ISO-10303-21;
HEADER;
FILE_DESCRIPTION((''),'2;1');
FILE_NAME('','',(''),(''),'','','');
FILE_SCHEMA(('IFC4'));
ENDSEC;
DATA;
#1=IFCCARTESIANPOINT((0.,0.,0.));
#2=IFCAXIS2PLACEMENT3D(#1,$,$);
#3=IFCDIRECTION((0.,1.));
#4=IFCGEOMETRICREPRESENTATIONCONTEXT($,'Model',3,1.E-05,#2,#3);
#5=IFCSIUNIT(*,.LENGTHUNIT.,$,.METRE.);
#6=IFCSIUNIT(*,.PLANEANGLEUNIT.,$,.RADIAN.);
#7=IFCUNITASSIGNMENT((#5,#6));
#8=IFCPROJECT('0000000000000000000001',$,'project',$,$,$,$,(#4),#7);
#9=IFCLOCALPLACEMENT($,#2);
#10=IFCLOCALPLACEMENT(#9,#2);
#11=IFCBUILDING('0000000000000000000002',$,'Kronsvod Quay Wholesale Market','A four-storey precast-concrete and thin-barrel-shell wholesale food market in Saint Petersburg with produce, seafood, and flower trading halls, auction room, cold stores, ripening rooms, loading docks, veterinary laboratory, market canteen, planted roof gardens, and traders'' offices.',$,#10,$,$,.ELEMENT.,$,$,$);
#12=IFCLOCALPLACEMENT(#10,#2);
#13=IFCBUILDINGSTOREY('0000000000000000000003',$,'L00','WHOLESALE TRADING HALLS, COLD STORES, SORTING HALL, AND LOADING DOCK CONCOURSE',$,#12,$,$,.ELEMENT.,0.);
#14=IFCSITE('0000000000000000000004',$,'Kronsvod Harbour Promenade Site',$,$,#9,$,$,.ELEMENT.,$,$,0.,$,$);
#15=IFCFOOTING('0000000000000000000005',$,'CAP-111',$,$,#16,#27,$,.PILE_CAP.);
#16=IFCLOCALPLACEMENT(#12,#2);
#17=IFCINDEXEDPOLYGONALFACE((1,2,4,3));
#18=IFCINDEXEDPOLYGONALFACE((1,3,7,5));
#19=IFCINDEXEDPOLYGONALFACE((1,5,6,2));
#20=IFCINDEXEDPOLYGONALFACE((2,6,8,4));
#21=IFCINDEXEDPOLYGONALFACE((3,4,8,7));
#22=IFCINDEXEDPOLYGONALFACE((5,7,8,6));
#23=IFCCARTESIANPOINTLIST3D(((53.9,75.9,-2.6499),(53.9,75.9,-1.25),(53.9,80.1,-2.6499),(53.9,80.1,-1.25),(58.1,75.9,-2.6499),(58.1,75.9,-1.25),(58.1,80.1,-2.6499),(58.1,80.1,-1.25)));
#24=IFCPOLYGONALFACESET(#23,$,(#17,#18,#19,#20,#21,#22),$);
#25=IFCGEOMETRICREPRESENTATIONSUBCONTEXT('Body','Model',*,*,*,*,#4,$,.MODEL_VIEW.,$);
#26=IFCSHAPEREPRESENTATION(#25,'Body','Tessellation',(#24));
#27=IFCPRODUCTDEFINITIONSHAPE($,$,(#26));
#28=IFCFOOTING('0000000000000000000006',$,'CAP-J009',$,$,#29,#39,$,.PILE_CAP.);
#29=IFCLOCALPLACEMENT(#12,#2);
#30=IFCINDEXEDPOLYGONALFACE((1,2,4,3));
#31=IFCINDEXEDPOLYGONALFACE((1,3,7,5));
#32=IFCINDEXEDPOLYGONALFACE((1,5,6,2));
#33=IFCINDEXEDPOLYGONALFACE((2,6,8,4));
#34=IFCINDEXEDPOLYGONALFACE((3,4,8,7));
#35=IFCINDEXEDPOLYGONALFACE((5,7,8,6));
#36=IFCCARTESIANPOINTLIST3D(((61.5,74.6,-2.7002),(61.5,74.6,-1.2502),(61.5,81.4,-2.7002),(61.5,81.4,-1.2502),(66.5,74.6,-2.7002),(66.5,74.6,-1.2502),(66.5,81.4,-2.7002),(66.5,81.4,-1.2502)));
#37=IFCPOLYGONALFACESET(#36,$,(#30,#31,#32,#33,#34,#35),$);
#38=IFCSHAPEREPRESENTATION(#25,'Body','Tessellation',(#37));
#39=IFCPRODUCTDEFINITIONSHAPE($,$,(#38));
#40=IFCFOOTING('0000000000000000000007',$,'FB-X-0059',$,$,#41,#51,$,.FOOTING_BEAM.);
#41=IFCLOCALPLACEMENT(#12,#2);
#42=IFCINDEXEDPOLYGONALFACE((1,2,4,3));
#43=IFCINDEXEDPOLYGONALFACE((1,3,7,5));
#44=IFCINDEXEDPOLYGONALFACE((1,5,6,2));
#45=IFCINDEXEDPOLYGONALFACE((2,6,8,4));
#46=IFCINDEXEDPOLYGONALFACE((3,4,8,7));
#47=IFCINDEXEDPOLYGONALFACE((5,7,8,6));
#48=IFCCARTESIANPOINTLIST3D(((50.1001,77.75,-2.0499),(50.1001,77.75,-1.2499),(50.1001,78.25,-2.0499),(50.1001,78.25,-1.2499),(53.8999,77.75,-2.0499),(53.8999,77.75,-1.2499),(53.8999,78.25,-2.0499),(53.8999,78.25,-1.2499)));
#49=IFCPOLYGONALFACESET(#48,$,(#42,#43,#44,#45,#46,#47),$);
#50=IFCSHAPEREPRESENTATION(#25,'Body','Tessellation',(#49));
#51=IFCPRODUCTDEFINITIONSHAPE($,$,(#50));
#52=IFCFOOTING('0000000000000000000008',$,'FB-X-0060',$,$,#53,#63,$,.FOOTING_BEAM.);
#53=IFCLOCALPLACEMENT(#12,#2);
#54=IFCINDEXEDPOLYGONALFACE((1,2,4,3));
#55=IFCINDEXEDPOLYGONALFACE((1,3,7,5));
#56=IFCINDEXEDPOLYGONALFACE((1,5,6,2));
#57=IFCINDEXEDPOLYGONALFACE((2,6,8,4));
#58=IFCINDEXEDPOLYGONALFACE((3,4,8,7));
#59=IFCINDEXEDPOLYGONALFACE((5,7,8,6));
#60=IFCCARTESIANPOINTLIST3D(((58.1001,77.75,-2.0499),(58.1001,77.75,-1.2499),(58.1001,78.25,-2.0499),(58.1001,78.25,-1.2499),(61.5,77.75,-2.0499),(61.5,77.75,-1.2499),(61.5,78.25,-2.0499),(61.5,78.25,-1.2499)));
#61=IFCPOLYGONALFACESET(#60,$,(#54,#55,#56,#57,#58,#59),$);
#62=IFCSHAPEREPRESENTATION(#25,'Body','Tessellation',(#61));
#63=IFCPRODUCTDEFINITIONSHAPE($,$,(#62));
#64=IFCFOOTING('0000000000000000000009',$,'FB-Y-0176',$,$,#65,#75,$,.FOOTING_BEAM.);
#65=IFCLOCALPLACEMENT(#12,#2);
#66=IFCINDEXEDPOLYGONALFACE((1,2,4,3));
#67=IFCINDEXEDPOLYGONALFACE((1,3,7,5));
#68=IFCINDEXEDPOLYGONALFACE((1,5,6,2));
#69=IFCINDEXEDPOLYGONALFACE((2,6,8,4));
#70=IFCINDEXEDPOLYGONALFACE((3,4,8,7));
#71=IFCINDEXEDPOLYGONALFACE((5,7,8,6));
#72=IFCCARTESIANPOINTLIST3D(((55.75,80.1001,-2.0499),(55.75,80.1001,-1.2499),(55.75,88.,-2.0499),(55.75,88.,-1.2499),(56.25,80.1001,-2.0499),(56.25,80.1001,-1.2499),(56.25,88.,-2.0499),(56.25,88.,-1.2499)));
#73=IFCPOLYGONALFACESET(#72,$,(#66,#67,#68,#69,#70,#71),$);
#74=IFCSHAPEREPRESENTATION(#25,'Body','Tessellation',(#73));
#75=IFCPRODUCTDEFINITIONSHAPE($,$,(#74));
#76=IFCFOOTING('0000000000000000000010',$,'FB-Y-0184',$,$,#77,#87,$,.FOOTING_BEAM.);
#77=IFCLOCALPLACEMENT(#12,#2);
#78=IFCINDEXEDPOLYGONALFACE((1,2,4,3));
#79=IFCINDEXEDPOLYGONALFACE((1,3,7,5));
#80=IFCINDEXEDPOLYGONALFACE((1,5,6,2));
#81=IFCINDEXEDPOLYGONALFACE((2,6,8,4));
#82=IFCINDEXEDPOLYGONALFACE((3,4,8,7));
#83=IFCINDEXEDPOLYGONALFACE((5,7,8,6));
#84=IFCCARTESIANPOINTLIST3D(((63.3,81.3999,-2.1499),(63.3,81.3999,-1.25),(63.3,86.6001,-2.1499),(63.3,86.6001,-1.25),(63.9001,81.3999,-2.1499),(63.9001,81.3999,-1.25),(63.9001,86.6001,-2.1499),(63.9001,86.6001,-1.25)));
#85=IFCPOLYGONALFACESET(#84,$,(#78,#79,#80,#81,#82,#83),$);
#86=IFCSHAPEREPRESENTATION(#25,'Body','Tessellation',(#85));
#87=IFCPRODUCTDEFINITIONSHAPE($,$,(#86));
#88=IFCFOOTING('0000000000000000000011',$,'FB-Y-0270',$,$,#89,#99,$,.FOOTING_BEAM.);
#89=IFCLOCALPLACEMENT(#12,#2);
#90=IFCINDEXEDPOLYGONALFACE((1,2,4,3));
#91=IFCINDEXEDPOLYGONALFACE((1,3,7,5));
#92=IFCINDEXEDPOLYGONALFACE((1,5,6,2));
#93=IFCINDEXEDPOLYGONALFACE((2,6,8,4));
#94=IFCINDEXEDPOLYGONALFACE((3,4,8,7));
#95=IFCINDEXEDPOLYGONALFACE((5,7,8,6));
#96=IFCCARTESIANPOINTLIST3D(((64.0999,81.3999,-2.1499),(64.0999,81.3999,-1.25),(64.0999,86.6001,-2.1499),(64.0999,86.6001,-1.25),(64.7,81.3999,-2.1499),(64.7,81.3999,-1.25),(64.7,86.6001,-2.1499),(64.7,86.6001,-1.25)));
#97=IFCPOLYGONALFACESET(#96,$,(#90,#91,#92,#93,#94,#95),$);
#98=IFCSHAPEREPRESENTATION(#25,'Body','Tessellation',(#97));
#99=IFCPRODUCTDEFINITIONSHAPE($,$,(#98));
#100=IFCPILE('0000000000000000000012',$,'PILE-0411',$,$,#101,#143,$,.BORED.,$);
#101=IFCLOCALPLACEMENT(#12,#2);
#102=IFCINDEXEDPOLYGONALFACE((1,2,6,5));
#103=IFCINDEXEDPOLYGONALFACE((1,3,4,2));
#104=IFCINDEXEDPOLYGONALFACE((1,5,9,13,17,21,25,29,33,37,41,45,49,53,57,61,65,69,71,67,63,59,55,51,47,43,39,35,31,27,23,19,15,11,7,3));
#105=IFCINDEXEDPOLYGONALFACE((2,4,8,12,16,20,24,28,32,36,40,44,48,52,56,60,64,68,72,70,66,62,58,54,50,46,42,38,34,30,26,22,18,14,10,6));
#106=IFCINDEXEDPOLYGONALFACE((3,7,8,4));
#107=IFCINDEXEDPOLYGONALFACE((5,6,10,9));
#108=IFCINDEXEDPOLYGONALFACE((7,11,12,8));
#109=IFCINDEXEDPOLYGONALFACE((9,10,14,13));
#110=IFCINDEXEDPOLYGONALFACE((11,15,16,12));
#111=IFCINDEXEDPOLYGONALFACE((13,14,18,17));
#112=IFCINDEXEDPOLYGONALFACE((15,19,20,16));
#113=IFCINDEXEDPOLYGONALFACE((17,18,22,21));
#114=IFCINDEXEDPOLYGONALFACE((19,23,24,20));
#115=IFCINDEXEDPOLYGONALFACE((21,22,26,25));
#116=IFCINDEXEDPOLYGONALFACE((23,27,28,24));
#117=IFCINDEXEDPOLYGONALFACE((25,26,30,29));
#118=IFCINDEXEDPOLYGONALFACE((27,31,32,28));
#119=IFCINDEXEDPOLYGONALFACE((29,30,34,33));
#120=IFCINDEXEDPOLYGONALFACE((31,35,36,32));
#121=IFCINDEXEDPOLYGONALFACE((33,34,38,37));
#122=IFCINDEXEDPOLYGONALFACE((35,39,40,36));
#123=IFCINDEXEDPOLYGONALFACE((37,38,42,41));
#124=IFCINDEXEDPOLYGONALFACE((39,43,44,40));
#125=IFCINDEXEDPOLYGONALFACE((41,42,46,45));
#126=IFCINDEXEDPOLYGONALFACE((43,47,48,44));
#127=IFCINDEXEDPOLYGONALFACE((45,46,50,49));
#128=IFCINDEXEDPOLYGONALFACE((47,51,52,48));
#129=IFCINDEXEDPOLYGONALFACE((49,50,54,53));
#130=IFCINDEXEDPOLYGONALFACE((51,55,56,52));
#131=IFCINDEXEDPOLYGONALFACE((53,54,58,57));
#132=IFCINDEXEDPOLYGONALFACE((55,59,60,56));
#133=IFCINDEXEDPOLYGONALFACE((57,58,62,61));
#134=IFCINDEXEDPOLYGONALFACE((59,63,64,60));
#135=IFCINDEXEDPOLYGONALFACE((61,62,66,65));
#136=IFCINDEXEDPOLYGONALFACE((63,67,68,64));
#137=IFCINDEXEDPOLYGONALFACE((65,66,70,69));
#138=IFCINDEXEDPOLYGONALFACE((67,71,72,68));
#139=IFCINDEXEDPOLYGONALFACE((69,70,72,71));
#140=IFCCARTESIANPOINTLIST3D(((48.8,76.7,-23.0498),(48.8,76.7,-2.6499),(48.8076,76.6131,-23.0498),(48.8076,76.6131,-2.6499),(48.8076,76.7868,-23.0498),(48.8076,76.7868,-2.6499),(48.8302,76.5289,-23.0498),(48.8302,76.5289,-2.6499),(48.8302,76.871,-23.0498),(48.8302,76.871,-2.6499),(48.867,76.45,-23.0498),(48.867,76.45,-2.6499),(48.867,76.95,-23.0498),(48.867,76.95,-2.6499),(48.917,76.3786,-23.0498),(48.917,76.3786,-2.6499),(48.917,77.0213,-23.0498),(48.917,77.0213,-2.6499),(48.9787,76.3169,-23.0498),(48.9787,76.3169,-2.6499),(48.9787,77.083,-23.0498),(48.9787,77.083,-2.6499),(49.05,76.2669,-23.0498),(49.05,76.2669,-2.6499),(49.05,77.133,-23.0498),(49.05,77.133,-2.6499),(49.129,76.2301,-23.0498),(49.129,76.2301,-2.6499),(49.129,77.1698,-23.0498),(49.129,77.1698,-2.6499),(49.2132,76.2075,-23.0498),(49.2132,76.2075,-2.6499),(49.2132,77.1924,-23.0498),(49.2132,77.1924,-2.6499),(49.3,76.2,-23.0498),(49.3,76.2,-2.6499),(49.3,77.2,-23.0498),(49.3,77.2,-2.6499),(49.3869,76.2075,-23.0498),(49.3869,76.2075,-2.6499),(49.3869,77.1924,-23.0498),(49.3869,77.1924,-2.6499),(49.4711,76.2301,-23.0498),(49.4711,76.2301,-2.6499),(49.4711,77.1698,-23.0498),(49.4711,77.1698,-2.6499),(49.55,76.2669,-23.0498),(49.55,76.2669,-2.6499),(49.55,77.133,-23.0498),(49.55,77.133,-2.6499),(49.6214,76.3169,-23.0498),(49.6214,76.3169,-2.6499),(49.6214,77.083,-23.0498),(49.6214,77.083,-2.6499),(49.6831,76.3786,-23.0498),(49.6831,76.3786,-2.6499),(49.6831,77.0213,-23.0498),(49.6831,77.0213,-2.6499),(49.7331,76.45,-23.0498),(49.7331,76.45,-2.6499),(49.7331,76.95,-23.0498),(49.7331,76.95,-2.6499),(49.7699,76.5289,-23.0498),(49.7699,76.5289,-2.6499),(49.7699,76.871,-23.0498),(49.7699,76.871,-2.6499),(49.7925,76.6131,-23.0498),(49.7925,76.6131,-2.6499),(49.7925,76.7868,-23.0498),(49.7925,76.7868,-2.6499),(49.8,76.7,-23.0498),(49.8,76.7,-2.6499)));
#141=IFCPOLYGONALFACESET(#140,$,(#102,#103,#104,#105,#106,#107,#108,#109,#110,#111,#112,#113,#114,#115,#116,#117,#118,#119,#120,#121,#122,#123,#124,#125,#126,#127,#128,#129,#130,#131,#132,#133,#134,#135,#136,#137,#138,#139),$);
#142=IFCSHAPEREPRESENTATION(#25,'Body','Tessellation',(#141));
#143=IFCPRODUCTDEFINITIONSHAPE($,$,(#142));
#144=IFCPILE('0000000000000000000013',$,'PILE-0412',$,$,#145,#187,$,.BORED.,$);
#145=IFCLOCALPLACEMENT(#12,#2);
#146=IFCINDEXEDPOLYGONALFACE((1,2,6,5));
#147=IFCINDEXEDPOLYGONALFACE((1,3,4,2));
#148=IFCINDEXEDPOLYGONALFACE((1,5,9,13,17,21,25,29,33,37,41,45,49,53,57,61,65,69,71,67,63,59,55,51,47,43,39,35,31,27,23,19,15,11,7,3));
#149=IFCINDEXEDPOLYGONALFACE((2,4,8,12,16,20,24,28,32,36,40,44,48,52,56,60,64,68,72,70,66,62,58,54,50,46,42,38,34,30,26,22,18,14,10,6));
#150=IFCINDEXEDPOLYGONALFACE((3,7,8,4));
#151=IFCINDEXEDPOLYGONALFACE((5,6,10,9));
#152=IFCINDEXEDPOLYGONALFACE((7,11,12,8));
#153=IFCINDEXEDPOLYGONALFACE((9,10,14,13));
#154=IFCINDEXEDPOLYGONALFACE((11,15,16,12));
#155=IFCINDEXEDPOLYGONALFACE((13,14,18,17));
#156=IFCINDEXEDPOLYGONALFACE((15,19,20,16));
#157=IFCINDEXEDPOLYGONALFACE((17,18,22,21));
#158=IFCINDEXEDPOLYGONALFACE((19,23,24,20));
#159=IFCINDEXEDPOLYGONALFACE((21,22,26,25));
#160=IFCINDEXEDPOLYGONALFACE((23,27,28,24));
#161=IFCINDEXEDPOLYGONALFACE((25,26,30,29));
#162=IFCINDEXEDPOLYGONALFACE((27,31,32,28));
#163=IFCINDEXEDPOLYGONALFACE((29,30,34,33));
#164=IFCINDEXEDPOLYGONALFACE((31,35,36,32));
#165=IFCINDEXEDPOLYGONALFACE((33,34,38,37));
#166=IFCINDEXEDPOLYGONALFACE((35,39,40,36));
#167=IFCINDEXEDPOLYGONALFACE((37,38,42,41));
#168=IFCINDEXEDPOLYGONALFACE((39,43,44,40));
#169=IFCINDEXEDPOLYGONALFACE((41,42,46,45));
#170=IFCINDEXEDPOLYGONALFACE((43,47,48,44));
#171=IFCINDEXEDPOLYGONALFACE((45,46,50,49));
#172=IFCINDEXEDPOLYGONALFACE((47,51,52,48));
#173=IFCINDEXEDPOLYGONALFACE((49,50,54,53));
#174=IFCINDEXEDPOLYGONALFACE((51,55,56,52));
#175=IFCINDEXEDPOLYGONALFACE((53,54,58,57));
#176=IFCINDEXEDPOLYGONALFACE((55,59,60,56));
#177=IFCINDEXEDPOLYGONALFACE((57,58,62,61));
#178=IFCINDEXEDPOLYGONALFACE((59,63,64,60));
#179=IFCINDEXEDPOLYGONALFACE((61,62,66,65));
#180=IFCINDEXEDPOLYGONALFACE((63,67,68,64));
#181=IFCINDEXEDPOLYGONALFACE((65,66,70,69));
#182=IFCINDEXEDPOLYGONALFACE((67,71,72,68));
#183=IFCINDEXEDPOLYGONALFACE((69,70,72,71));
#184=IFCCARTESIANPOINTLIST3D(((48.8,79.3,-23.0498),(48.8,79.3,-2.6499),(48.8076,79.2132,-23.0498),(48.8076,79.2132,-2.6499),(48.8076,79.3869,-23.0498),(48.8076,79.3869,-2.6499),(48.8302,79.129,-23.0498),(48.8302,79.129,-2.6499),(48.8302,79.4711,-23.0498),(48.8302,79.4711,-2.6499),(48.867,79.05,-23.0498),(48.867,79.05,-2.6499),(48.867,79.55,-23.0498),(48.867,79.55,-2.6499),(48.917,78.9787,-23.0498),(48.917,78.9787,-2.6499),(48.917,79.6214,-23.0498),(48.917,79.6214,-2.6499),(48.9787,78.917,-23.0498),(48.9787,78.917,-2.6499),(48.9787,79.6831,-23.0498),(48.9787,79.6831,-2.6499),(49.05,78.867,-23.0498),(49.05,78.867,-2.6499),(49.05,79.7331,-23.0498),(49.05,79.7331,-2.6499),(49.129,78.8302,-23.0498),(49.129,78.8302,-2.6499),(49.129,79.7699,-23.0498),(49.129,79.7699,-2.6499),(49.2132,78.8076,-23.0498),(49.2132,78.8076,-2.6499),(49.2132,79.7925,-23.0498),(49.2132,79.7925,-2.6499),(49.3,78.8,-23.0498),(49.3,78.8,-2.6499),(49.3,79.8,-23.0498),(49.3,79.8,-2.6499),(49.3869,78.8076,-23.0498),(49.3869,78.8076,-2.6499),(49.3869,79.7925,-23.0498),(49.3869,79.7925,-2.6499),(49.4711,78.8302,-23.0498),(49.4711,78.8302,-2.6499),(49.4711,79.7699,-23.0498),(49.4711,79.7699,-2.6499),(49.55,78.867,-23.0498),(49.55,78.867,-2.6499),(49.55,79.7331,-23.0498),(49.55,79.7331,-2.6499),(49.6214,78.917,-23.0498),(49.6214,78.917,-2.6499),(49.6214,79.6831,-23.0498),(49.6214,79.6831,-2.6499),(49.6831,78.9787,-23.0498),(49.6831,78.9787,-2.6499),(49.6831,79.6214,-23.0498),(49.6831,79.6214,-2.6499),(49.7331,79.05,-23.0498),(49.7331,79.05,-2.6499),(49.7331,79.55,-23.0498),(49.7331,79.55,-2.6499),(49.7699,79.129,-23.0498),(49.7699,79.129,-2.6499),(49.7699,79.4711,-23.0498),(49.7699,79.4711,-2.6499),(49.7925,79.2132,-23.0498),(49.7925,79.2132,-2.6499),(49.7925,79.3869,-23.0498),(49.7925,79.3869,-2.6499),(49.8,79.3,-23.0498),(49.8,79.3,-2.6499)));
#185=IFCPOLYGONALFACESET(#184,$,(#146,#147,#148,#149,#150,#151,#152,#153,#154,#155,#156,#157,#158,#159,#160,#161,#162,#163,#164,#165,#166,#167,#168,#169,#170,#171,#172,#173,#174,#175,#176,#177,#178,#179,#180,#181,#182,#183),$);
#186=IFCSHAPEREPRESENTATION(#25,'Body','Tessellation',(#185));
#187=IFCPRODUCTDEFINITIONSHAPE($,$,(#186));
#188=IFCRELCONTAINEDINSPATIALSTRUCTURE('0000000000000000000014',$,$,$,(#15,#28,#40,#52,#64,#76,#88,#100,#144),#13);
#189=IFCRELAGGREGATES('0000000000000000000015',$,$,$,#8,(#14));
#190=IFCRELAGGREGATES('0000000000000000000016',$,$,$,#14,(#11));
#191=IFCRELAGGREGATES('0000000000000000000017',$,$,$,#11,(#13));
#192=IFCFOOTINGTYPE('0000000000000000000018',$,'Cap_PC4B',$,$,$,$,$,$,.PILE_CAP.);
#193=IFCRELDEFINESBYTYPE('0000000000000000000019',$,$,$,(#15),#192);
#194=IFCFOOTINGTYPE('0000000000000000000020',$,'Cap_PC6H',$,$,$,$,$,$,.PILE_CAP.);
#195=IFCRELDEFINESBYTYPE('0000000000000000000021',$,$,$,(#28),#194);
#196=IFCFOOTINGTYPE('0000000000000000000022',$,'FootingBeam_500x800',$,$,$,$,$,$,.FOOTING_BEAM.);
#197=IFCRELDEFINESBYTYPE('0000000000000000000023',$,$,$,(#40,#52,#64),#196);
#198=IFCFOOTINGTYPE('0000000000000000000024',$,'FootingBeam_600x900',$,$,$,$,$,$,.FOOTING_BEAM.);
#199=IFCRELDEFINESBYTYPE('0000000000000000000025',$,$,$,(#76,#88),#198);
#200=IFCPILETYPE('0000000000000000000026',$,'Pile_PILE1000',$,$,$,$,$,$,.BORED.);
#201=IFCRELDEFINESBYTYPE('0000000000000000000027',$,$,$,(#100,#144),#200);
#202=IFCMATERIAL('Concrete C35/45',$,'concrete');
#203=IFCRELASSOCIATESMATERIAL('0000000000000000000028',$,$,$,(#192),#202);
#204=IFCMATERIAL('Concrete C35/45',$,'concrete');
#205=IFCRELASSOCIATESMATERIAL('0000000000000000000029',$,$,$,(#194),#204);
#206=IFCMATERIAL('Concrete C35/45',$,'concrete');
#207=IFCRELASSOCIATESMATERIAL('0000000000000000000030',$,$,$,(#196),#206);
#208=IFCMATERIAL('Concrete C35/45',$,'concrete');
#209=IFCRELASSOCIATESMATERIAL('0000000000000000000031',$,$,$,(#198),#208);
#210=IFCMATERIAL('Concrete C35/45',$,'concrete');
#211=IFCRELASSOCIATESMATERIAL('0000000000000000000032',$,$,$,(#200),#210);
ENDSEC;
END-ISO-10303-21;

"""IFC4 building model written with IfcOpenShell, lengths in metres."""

from ifc_helpers import new_model, si_unit, direction, frame, origin, origin_2d, place, context, subcontext, project, spatial, rectangle, circle, extrude, material, material_profile, profile_set, type_object, element, save


model = new_model("IFC4")

# Units and contexts
model_context = context("Model", 3, precision=1e-05, world=origin(), true_north=direction((0.0, 1.0)))
body_context = subcontext(model_context, "Body", "Model", "MODEL_VIEW")
ifc_project = project(units=[si_unit("LENGTHUNIT", "METRE"), si_unit("PLANEANGLEUNIT", "RADIAN")], contexts=[model_context])

# Site, building, storey
site_placement = place(None, origin())
site = spatial("IfcSite", under=ifc_project, at=site_placement, Name="Kronsvod Harbour Promenade Site", CompositionType="ELEMENT", RefElevation=0.0)
building_placement = place(site_placement, origin())
building = spatial("IfcBuilding", under=site, at=building_placement, Name="Kronsvod Quay Wholesale Market", Description="A four-storey precast-concrete and thin-barrel-shell wholesale food market in Saint Petersburg with produce, seafood, and flower trading halls, auction room, cold stores, ripening rooms, loading docks, veterinary laboratory, market canteen, planted roof gardens, and traders' offices.", CompositionType="ELEMENT")
storey_placement = place(building_placement, origin())
storey = spatial("IfcBuildingStorey", under=building, at=storey_placement, Name="L00", Description="WHOLESALE TRADING HALLS, COLD STORES, SORTING HALL, AND LOADING DOCK CONCOURSE", CompositionType="ELEMENT", Elevation=0.0)

# Footings
ifc_material_1 = material(Name="Concrete C35/45", Category="concrete")
footing_type_1 = type_object("IfcFootingType", Name="Cap_PC4B", PredefinedType="PILE_CAP", material=ifc_material_1)
footing_1_placement = place(storey_placement, frame((56.0, 78.0, -2.6499), z_axis=(0.0, 0.0, 1.0), x_axis=(1.0, 0.0, 0.0)))
element("IfcFooting", 1, at=footing_1_placement, inside=storey, type_object=footing_type_1, Name="CAP-111", PredefinedType="PILE_CAP", context=body_context, shape_type="SweptSolid", body=[
    extrude(rectangle(XDim=4.2, YDim=4.2, at=origin_2d()), origin(), (0.0, 0.0, 1.0), 1.3999),
])
ifc_material_2 = material(Name="Concrete C35/45", Category="concrete")
footing_type_2 = type_object("IfcFootingType", Name="Cap_PC6H", PredefinedType="PILE_CAP", material=ifc_material_2)
footing_2_placement = place(storey_placement, frame((64.0, 78.0, -2.7002), z_axis=(0.0, 0.0, 1.0), x_axis=(1.0, 0.0, 0.0)))
element("IfcFooting", 2, at=footing_2_placement, inside=storey, type_object=footing_type_2, Name="CAP-J009", PredefinedType="PILE_CAP", context=body_context, shape_type="SweptSolid", body=[
    extrude(rectangle(XDim=5.0, YDim=6.8, at=origin_2d()), origin(), (0.0, 0.0, 1.0), 1.45),
])
ifc_material_3 = material(Name="Concrete C35/45", Category="concrete")
ifc_material_profile_1 = material_profile(ifc_material_3, rectangle(XDim=0.5, YDim=0.8, at=origin_2d()), Name="FB-01")
ifc_profile_set_1 = profile_set([ifc_material_profile_1], Name="Concrete C35/45")
footing_type_3 = type_object("IfcFootingType", Name="FootingBeam_500x800", PredefinedType="FOOTING_BEAM", material=ifc_profile_set_1)
footing_3_placement = place(storey_placement, frame((50.1001, 78.0, -1.6499), z_axis=(1.0, 0.0, 0.0), x_axis=(0.0, 1.0, 0.0)))
element("IfcFooting", 3, at=footing_3_placement, inside=storey, type_object=footing_type_3, Name="FB-X-0059", PredefinedType="FOOTING_BEAM", context=body_context, shape_type="SweptSolid", body=[
    extrude(rectangle(XDim=0.5, YDim=0.8, at=origin_2d()), origin(), (0.0, 0.0, 1.0), 3.7998),
])
footing_4_placement = place(storey_placement, frame((58.1001, 78.0, -1.6499), z_axis=(1.0, 0.0, 0.0), x_axis=(0.0, 1.0, 0.0)))
element("IfcFooting", 4, at=footing_4_placement, inside=storey, type_object=footing_type_3, Name="FB-X-0060", PredefinedType="FOOTING_BEAM", context=body_context, shape_type="SweptSolid", body=[
    extrude(rectangle(XDim=0.5, YDim=0.8, at=origin_2d()), origin(), (0.0, 0.0, 1.0), 3.3999),
])
footing_5_placement = place(storey_placement, frame((56.0, 80.1001, -1.6499), z_axis=(0.0, 1.0, 0.0), x_axis=(-1.0, 0.0, 0.0)))
element("IfcFooting", 5, at=footing_5_placement, inside=storey, type_object=footing_type_3, Name="FB-Y-0176", PredefinedType="FOOTING_BEAM", context=body_context, shape_type="SweptSolid", body=[
    extrude(rectangle(XDim=0.5, YDim=0.8, at=origin_2d()), origin(), (0.0, 0.0, 1.0), 7.8999),
])
ifc_material_4 = material(Name="Concrete C35/45", Category="concrete")
ifc_material_profile_2 = material_profile(ifc_material_4, rectangle(XDim=0.6001, YDim=0.8999, at=origin_2d()), Name="FB-02")
ifc_profile_set_2 = profile_set([ifc_material_profile_2], Name="Concrete C35/45")
footing_type_4 = type_object("IfcFootingType", Name="FootingBeam_600x900", PredefinedType="FOOTING_BEAM", material=ifc_profile_set_2)
for number, where, z_axis, x_axis, name in (
    (6, (63.6001, 81.3999, -1.7), (0.0, 1.0, 0.0), (-1.0, 0.0, 0.0), "FB-Y-0184"),
    (7, (64.3999, 81.3999, -1.7), (0.0, 1.0, 0.0), (-1.0, 0.0, 0.0), "FB-Y-0270"),
):
    element("IfcFooting", number, at=place(storey_placement, frame(where, z_axis=z_axis, x_axis=x_axis)), inside=storey, type_object=footing_type_4, Name=name, PredefinedType="FOOTING_BEAM", context=body_context, shape_type="SweptSolid", body=[
        extrude(rectangle(XDim=0.6001, YDim=0.8999, at=origin_2d()), origin(), (0.0, 0.0, 1.0), 5.2002),
    ])

# Piles
ifc_material_5 = material(Name="Concrete C35/45", Category="concrete")
ifc_material_profile_3 = material_profile(ifc_material_5, circle(Radius=0.5, at=origin_2d()), Name="PILE1000")
ifc_profile_set_3 = profile_set([ifc_material_profile_3], Name="Concrete C35/45")
pile_type_1 = type_object("IfcPileType", Name="Pile_PILE1000", PredefinedType="BORED", material=ifc_profile_set_3)
for number, where, z_axis, x_axis, name in (
    (8, (49.3, 76.7, -2.6499), (0.0, 0.0, -1.0), (1.0, 0.0, 0.0), "PILE-0411"),
    (9, (49.3, 79.3, -2.6499), (0.0, 0.0, -1.0), (1.0, 0.0, 0.0), "PILE-0412"),
):
    element("IfcPile", number, at=place(storey_placement, frame(where, z_axis=z_axis, x_axis=x_axis)), inside=storey, type_object=pile_type_1, Name=name, PredefinedType="BORED", context=body_context, shape_type="SweptSolid", body=[
        extrude(circle(Radius=0.5, at=origin_2d()), origin(), (0.0, 0.0, 1.0), 20.3999),
    ])

save(model, "model.ifc")
